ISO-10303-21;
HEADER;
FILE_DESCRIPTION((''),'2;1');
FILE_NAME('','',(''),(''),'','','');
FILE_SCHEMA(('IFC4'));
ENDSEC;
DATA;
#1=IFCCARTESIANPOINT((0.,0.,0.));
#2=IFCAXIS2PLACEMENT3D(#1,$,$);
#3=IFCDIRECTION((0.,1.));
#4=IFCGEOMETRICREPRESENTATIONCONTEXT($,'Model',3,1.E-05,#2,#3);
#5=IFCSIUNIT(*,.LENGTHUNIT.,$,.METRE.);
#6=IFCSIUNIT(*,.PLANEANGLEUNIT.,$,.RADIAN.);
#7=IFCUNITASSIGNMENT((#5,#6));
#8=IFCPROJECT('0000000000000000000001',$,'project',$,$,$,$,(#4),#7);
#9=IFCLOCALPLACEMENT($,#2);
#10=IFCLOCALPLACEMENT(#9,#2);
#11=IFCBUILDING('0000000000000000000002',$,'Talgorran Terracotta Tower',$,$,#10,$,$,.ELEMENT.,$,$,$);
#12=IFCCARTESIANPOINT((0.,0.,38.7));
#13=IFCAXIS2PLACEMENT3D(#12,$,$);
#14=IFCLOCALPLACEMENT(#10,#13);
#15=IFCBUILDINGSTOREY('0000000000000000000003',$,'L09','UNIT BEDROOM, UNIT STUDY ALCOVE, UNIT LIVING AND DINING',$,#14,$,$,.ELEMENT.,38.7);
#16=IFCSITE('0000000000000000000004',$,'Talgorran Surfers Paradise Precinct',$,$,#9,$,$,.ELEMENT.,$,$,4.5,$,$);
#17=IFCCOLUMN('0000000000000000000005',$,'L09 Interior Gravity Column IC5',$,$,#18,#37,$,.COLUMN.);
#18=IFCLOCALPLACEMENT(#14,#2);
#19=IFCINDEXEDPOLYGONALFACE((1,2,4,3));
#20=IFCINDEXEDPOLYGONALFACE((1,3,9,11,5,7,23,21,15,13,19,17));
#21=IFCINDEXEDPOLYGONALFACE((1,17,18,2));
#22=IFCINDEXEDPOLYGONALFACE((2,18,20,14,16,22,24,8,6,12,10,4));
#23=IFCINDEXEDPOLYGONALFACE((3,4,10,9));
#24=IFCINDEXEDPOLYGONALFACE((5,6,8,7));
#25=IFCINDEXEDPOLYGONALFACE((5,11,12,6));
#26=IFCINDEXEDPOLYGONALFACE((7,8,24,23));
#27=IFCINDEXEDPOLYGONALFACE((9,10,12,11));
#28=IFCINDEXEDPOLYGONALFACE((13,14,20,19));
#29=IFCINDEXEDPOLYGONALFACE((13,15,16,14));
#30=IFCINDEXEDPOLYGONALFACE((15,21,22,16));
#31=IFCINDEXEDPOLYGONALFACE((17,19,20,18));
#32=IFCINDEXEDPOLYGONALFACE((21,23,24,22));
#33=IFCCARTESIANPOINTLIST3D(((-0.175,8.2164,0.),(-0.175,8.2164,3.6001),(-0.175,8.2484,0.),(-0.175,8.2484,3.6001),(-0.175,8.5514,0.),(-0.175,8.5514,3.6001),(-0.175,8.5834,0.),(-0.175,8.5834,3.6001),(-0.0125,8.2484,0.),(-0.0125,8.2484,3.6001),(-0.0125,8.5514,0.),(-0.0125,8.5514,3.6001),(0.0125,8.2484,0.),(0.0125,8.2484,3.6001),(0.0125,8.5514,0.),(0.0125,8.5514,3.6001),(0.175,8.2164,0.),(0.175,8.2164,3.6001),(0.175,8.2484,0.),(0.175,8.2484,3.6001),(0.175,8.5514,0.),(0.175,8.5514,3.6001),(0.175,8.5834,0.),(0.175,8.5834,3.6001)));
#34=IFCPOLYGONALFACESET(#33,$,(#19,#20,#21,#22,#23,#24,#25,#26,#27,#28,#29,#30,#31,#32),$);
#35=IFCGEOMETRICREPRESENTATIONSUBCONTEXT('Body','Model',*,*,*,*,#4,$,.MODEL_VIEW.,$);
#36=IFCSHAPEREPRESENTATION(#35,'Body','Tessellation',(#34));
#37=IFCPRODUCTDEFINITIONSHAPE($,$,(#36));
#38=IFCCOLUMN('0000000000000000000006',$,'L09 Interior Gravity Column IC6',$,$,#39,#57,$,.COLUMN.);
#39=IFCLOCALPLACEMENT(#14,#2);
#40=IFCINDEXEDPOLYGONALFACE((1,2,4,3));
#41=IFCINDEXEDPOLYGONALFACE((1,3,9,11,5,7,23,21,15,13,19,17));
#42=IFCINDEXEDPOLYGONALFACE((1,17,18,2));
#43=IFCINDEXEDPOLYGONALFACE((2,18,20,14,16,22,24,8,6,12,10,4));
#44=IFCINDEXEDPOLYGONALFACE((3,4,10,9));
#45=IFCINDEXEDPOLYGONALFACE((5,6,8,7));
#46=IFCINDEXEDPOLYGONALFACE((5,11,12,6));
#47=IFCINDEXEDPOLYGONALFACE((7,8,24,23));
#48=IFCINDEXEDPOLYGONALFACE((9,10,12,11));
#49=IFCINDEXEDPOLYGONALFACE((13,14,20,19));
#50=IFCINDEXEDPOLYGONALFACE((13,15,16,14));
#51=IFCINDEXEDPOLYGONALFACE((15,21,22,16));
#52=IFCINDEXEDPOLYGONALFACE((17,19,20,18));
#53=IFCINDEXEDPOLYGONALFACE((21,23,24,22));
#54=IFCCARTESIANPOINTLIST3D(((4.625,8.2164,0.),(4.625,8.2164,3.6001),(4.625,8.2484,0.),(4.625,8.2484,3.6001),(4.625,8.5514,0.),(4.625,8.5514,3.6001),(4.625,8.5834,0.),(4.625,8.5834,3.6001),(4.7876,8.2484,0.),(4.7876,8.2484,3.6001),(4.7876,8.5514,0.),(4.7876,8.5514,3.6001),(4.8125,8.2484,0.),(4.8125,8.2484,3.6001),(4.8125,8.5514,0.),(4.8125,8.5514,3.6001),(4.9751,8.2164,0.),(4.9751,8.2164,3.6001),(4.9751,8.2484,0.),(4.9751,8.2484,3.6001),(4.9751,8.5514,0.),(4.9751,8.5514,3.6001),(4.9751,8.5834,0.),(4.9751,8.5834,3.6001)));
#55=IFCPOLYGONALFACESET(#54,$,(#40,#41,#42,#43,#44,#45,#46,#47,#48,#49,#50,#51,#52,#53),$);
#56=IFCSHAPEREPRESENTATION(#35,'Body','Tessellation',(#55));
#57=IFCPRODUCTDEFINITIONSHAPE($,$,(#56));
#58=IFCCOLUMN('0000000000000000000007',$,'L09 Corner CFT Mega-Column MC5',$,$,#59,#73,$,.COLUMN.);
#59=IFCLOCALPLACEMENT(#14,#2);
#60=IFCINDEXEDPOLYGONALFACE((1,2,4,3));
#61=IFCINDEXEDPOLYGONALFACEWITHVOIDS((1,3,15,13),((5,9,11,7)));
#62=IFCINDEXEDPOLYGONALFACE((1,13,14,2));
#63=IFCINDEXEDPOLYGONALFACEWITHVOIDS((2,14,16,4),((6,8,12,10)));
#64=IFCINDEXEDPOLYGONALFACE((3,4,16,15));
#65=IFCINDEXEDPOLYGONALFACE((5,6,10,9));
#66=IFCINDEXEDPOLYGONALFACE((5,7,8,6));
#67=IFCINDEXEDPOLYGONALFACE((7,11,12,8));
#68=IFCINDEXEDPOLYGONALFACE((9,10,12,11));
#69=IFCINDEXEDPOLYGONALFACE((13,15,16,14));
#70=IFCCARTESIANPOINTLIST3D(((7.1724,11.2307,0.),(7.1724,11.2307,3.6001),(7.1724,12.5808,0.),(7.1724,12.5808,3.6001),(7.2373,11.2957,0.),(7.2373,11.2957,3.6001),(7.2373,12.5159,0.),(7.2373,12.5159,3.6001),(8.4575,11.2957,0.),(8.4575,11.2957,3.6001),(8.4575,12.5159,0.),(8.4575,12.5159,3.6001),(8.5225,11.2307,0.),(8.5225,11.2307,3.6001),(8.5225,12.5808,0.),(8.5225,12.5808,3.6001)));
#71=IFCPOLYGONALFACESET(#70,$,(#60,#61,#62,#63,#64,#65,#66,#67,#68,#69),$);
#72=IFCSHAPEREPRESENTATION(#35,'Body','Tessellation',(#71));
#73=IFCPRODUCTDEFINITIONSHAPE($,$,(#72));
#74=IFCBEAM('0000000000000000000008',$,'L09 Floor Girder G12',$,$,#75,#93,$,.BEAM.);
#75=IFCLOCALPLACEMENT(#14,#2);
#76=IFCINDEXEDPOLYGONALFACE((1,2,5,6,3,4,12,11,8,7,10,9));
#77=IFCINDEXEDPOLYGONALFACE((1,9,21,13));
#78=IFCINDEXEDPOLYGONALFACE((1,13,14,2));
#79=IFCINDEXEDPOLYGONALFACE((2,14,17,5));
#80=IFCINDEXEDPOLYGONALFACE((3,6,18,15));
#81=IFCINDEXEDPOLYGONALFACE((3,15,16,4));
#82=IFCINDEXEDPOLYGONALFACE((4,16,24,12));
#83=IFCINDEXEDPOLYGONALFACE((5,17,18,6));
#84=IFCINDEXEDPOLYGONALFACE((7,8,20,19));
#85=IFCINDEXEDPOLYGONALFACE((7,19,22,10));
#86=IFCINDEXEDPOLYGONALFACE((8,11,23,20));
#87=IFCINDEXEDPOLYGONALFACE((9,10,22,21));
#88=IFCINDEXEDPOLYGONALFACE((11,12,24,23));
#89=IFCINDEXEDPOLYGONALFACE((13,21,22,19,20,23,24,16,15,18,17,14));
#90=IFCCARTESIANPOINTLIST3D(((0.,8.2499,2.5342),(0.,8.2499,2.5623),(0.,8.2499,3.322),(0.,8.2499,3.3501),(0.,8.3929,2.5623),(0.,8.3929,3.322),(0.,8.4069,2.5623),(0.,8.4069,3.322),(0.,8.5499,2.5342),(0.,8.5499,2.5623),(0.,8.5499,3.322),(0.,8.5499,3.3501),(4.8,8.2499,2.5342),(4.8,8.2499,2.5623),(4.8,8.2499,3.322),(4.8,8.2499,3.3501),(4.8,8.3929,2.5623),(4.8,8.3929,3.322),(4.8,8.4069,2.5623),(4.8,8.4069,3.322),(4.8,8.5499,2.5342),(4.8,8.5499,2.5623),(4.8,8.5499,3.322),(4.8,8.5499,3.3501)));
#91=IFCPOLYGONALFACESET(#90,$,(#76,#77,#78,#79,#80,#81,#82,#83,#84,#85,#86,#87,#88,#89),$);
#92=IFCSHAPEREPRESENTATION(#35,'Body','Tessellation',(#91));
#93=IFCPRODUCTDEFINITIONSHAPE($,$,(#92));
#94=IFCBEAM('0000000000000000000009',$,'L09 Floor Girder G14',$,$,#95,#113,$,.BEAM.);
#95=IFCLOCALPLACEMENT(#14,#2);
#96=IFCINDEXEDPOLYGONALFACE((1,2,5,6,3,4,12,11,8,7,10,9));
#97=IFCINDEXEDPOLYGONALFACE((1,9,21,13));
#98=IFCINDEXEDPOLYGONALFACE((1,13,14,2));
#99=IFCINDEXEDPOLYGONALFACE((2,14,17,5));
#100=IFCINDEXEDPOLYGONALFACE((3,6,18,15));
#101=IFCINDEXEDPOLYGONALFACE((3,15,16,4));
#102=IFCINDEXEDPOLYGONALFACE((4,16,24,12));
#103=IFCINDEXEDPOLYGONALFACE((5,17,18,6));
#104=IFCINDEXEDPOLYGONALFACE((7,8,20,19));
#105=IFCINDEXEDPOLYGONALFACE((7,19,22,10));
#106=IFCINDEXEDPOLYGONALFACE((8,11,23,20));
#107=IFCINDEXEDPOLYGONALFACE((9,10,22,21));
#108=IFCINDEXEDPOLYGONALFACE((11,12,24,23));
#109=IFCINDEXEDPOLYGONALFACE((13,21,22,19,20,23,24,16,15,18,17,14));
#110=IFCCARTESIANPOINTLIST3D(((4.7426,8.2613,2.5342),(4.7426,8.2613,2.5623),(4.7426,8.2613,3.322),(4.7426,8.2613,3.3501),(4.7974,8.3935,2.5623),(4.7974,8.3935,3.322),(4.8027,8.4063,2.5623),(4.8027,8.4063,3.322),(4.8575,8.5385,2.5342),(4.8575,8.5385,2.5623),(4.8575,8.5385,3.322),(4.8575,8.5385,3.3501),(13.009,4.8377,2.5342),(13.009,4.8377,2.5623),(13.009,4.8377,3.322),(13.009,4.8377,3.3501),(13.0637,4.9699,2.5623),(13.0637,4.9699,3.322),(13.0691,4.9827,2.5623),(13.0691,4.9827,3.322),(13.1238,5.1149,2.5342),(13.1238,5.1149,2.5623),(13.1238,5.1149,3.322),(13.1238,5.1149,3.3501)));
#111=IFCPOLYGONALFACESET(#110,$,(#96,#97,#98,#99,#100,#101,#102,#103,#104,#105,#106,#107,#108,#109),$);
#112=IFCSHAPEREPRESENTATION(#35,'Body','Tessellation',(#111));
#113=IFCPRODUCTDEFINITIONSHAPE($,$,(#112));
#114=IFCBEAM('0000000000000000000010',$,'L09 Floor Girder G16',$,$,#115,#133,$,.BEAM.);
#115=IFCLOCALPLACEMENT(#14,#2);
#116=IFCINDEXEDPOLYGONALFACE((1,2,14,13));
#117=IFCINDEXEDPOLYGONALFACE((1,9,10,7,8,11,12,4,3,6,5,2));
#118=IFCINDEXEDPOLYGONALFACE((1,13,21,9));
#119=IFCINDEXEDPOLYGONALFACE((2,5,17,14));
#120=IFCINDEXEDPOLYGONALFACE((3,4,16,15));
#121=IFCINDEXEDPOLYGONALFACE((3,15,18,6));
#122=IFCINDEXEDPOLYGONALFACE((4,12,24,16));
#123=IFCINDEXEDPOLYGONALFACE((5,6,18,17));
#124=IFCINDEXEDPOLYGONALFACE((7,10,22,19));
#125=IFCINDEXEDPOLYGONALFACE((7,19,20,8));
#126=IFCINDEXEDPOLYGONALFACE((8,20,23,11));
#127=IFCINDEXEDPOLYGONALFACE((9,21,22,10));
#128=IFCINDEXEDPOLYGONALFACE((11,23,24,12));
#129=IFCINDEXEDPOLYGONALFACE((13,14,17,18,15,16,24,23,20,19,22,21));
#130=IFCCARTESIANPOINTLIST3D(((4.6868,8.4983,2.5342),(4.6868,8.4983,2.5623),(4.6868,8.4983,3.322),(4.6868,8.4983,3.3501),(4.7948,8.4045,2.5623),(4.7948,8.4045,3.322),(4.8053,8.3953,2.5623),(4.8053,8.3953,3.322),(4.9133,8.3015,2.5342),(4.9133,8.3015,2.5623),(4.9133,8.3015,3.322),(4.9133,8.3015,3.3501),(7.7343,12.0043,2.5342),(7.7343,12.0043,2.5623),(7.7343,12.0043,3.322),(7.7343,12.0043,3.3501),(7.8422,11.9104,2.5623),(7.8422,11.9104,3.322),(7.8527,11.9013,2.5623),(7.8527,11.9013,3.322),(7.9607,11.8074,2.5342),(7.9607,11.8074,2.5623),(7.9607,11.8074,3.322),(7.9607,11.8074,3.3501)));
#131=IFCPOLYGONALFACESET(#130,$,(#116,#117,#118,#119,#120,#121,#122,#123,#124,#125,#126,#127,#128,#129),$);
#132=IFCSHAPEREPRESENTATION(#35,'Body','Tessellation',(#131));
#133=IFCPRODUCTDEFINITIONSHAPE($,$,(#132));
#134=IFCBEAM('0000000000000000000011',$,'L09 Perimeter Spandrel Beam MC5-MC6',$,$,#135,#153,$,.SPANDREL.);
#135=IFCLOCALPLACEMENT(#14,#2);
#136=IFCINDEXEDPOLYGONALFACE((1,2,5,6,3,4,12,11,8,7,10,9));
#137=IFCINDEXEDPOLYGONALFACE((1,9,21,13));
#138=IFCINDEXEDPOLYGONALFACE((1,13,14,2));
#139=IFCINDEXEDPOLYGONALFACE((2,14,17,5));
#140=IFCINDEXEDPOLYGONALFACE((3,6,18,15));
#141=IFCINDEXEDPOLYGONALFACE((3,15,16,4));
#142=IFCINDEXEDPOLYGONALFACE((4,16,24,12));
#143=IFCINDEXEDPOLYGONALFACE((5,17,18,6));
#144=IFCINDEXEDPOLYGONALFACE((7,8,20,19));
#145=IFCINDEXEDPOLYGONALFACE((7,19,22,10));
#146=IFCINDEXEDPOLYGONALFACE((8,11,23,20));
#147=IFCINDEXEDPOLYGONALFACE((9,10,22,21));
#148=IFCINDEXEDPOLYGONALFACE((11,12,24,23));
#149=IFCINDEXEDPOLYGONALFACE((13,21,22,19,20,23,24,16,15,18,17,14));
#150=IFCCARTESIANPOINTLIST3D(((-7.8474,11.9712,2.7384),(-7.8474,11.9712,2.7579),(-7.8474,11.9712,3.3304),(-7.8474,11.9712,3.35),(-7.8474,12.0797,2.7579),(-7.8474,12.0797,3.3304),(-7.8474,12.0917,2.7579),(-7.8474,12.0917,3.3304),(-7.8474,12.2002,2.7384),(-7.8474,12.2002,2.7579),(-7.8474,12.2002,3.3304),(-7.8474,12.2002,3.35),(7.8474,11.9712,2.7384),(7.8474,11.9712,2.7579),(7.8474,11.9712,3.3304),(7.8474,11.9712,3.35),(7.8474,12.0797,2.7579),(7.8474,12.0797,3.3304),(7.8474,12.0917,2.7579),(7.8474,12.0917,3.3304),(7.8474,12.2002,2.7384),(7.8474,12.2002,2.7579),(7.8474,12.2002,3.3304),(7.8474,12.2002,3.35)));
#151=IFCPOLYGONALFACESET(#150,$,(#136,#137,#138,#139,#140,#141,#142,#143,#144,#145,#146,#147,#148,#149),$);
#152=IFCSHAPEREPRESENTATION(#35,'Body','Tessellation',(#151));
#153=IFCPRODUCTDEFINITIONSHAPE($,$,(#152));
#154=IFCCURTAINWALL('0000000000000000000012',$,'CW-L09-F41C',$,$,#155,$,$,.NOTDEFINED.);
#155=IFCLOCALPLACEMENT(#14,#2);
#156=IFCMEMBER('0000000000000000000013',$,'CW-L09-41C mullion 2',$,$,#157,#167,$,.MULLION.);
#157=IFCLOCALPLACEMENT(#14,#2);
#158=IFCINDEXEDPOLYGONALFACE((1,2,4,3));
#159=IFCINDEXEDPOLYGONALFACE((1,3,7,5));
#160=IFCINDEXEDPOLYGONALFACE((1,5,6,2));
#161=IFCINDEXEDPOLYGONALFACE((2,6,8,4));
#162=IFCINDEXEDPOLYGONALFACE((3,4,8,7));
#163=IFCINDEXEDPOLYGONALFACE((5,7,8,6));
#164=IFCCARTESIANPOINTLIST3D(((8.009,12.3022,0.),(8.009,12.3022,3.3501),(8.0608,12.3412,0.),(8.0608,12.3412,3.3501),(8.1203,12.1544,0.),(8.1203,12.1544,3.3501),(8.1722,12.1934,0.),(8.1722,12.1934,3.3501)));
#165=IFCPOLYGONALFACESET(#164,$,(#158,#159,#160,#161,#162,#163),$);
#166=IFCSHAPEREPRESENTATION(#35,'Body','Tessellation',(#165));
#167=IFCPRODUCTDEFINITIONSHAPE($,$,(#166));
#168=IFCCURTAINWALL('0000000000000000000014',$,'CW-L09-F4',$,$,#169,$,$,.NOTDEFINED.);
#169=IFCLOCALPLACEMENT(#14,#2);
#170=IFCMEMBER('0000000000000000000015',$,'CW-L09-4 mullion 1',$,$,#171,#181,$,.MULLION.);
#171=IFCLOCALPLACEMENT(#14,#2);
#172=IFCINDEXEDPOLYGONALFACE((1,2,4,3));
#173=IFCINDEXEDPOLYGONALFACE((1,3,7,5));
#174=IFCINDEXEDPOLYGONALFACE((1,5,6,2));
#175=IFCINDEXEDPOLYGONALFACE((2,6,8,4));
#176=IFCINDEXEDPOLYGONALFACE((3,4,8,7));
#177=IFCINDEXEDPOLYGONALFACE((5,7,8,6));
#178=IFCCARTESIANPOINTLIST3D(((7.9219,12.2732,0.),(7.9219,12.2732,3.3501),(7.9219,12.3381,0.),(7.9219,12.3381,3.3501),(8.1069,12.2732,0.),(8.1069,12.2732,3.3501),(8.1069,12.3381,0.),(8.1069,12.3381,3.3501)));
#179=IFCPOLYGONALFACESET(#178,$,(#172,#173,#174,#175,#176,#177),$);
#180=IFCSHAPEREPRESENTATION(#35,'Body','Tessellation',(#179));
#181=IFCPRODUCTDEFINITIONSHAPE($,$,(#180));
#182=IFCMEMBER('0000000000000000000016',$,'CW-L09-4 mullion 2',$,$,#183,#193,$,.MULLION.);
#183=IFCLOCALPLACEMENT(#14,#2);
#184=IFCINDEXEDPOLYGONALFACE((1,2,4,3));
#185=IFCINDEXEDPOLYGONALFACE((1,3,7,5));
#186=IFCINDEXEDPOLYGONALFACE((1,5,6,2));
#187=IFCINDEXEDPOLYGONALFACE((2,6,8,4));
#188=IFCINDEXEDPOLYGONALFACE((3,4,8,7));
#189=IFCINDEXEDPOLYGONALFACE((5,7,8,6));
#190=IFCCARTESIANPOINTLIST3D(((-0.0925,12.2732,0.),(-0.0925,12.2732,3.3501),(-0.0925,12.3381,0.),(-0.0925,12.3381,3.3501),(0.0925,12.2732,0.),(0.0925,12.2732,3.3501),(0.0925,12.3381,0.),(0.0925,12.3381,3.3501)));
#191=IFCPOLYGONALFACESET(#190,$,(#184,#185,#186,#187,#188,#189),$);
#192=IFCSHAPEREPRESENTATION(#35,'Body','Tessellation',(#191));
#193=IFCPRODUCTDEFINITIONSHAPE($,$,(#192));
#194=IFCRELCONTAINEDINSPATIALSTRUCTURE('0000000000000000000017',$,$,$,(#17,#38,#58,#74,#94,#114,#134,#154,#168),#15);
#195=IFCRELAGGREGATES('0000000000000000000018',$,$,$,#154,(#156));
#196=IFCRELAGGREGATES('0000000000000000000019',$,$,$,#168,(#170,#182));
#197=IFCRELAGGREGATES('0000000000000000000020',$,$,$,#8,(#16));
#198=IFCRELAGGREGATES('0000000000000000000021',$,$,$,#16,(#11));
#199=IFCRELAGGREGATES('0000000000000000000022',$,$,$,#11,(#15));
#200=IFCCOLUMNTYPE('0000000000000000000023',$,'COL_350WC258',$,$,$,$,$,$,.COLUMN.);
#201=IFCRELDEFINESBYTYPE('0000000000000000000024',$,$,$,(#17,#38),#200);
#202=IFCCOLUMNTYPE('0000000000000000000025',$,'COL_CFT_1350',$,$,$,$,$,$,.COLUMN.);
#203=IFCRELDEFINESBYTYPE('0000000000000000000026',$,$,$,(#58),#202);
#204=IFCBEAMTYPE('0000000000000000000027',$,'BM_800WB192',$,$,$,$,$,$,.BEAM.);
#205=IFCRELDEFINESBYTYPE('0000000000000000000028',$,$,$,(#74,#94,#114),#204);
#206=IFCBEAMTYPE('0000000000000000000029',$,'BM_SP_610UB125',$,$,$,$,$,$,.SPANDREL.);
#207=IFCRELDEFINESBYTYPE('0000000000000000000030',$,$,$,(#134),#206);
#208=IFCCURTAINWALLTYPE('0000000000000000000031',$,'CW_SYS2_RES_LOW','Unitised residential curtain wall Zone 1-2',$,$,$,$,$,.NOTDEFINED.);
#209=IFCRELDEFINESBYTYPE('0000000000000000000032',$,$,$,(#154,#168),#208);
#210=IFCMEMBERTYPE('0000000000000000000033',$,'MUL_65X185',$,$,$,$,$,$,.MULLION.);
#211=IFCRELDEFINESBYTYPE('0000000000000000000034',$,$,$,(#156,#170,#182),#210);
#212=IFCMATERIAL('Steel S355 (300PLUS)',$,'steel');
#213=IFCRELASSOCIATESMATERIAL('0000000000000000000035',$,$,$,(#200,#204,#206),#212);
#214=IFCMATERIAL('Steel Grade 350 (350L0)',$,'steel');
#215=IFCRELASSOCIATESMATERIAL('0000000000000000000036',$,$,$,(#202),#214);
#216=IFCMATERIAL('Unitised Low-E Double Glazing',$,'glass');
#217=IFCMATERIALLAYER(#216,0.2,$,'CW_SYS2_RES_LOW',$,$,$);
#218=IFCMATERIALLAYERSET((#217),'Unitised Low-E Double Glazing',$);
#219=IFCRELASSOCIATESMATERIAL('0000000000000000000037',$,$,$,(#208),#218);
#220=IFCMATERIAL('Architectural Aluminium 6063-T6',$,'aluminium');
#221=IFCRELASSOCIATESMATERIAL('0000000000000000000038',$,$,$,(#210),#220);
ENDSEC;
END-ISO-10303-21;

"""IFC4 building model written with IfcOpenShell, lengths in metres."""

from ifc_helpers import new_model, si_unit, direction, frame, origin, origin_2d, place, context, subcontext, project, spatial, rectangle, hollow_rectangle, i_section, extrude, material, layer, layer_set, material_profile, profile_set, type_object, element, aggregate, save


model = new_model("IFC4")

# Units and contexts
model_context = context("Model", 3, precision=1e-05, world=origin(), true_north=direction((0.0, 1.0)))
body_context = subcontext(model_context, "Body", "Model", "MODEL_VIEW")
ifc_project = project(units=[si_unit("LENGTHUNIT", "METRE"), si_unit("PLANEANGLEUNIT", "RADIAN")], contexts=[model_context])

# Site, building, storey
site_placement = place(None, origin())
site = spatial("IfcSite", under=ifc_project, at=site_placement, Name="Talgorran Surfers Paradise Precinct", CompositionType="ELEMENT", RefElevation=4.5)
building_placement = place(site_placement, origin())
building = spatial("IfcBuilding", under=site, at=building_placement, Name="Talgorran Terracotta Tower", CompositionType="ELEMENT")
storey_placement = place(building_placement, frame((0.0, 0.0, 38.7)))
storey = spatial("IfcBuildingStorey", under=building, at=storey_placement, Name="L09", Description="UNIT BEDROOM, UNIT STUDY ALCOVE, UNIT LIVING AND DINING", CompositionType="ELEMENT", Elevation=38.7)

# Columns
ifc_material_1 = material(Name="Steel S355 (300PLUS)", Category="steel")
ifc_material_profile_1 = material_profile(ifc_material_1, i_section(OverallWidth=0.3501, OverallDepth=0.3669, WebThickness=0.0249, FlangeThickness=0.032, at=origin_2d()), Name="350WC258")
ifc_profile_set_1 = profile_set([ifc_material_profile_1], Name="Steel S355 (300PLUS)")
column_type_1 = type_object("IfcColumnType", Name="COL_350WC258", PredefinedType="COLUMN", material=ifc_profile_set_1)
for number, where, z_axis, x_axis, name in (
    (1, (0.0, 8.3999, 0.0), (0.0, 0.0, 1.0), (1.0, 0.0, 0.0), "L09 Interior Gravity Column IC5"),
    (2, (4.8, 8.3999, 0.0), (0.0, 0.0, 1.0), (1.0, 0.0, 0.0), "L09 Interior Gravity Column IC6"),
):
    element("IfcColumn", number, at=place(storey_placement, frame(where, z_axis=z_axis, x_axis=x_axis)), inside=storey, type_object=column_type_1, Name=name, PredefinedType="COLUMN", context=body_context, shape_type="SweptSolid", body=[
        extrude(i_section(OverallWidth=0.3501, OverallDepth=0.3669, WebThickness=0.0249, FlangeThickness=0.032, at=origin_2d()), origin(), (0.0, 0.0, 1.0), 3.6001),
    ])
ifc_material_2 = material(Name="Steel Grade 350 (350L0)", Category="steel")
ifc_material_profile_2 = material_profile(ifc_material_2, hollow_rectangle(XDim=1.3501, YDim=1.3501, WallThickness=0.0649, at=origin_2d()), Name="CFT1350X1350X65")
ifc_profile_set_2 = profile_set([ifc_material_profile_2], Name="Steel Grade 350 (350L0)")
column_type_2 = type_object("IfcColumnType", Name="COL_CFT_1350", PredefinedType="COLUMN", material=ifc_profile_set_2)
column_placement = place(storey_placement, frame((7.8474, 11.9058, 0.0), z_axis=(0.0, 0.0, 1.0), x_axis=(1.0, 0.0, 0.0)))
element("IfcColumn", 3, at=column_placement, inside=storey, type_object=column_type_2, Name="L09 Corner CFT Mega-Column MC5", PredefinedType="COLUMN", context=body_context, shape_type="SweptSolid", body=[
    extrude(hollow_rectangle(XDim=1.3501, YDim=1.3501, WallThickness=0.0649, at=origin_2d()), origin(), (0.0, 0.0, 1.0), 3.6001),
])

# Beams
ifc_material_profile_3 = material_profile(ifc_material_1, i_section(OverallWidth=0.3, OverallDepth=0.8159, WebThickness=0.0139, FlangeThickness=0.0281, at=origin_2d()), Name="800WB192")
ifc_profile_set_3 = profile_set([ifc_material_profile_3], Name="Steel S355 (300PLUS)")
beam_type_1 = type_object("IfcBeamType", Name="BM_800WB192", PredefinedType="BEAM", material=ifc_profile_set_3)
beam_1_placement = place(storey_placement, frame((0.0, 8.3999, 2.9421), z_axis=(1.0, 0.0, 0.0), x_axis=(0.0, 1.0, 0.0)))
element("IfcBeam", 4, at=beam_1_placement, inside=storey, type_object=beam_type_1, Name="L09 Floor Girder G12", PredefinedType="BEAM", context=body_context, shape_type="SweptSolid", body=[
    extrude(i_section(OverallWidth=0.3, OverallDepth=0.8159, WebThickness=0.0139, FlangeThickness=0.0281, at=origin_2d()), origin(), (0.0, 0.0, 1.0), 4.8),
])
beam_2_placement = place(storey_placement, frame((4.8, 8.3999, 2.9421), z_axis=(0.923897, -0.38264, 0.0), x_axis=(0.38264, 0.923897, 0.0)))
element("IfcBeam", 5, at=beam_2_placement, inside=storey, type_object=beam_type_1, Name="L09 Floor Girder G14", PredefinedType="BEAM", context=body_context, shape_type="SweptSolid", body=[
    extrude(i_section(OverallWidth=0.3, OverallDepth=0.8159, WebThickness=0.0139, FlangeThickness=0.0281, at=origin_2d()), origin(), (0.0, 0.0, 1.0), 8.9473),
])
beam_3_placement = place(storey_placement, frame((4.8, 8.3999, 2.9421), z_axis=(0.65603, 0.754734, 0.0), x_axis=(-0.754734, 0.65603, 0.0)))
element("IfcBeam", 6, at=beam_3_placement, inside=storey, type_object=beam_type_1, Name="L09 Floor Girder G16", PredefinedType="BEAM", context=body_context, shape_type="SweptSolid", body=[
    extrude(i_section(OverallWidth=0.3, OverallDepth=0.8159, WebThickness=0.0139, FlangeThickness=0.0281, at=origin_2d()), origin(), (0.0, 0.0, 1.0), 4.6453),
])
ifc_material_profile_4 = material_profile(ifc_material_1, i_section(OverallWidth=0.229, OverallDepth=0.6116, WebThickness=0.012, FlangeThickness=0.0195, at=origin_2d()), Name="610UB125")
ifc_profile_set_4 = profile_set([ifc_material_profile_4], Name="Steel S355 (300PLUS)")
beam_type_2 = type_object("IfcBeamType", Name="BM_SP_610UB125", PredefinedType="SPANDREL", material=ifc_profile_set_4)
beam_4_placement = place(storey_placement, frame((7.8474, 12.0857, 3.0442), z_axis=(-1.0, 0.0, 0.0), x_axis=(0.0, -1.0, 0.0)))
element("IfcBeam", 7, at=beam_4_placement, inside=storey, type_object=beam_type_2, Name="L09 Perimeter Spandrel Beam MC5-MC6", PredefinedType="SPANDREL", context=body_context, shape_type="SweptSolid", body=[
    extrude(i_section(OverallWidth=0.229, OverallDepth=0.6116, WebThickness=0.012, FlangeThickness=0.0195, at=origin_2d()), origin(), (0.0, 0.0, 1.0), 15.6948),
])

# Curtain wall, member
ifc_material_3 = material(Name="Unitised Low-E Double Glazing", Category="glass")
ifc_layer_1 = layer(ifc_material_3, 0.2, Name="CW_SYS2_RES_LOW")
ifc_layer_set_1 = layer_set([ifc_layer_1], Name="Unitised Low-E Double Glazing")
curtain_wall_type = type_object("IfcCurtainWallType", Name="CW_SYS2_RES_LOW", Description="Unitised residential curtain wall Zone 1-2", PredefinedType="NOTDEFINED", material=ifc_layer_set_1)
curtain_wall_1_placement = place(storey_placement, origin())
curtain_wall_1 = element("IfcCurtainWall", 8, at=curtain_wall_1_placement, inside=storey, type_object=curtain_wall_type, Name="CW-L09-F41C", PredefinedType="NOTDEFINED")
ifc_material_4 = material(Name="Architectural Aluminium 6063-T6", Category="aluminium")
ifc_material_profile_5 = material_profile(ifc_material_4, rectangle(XDim=0.0649, YDim=0.1851, at=origin_2d()), Name="CWM65X185")
ifc_profile_set_5 = profile_set([ifc_material_profile_5], Name="Architectural Aluminium 6063-T6")
member_type_1 = type_object("IfcMemberType", Name="MUL_65X185", PredefinedType="MULLION", material=ifc_profile_set_5)
member_1_placement = place(storey_placement, frame((8.0906, 12.2478, 0.0), z_axis=(0.0, 0.0, 1.0), x_axis=(-0.798788, -0.601613, 0.0)))
member_1 = element("IfcMember", 9, at=member_1_placement, type_object=member_type_1, Name="CW-L09-41C mullion 2", PredefinedType="MULLION", context=body_context, shape_type="SweptSolid", body=[
    extrude(rectangle(XDim=0.0649, YDim=0.1851, at=origin_2d()), origin(), (0.0, 0.0, 1.0), 3.3501),
])

# Curtain wall, members
curtain_wall_2_placement = place(storey_placement, origin())
curtain_wall_2 = element("IfcCurtainWall", 10, at=curtain_wall_2_placement, inside=storey, type_object=curtain_wall_type, Name="CW-L09-F4", PredefinedType="NOTDEFINED")
member_2_placement = place(storey_placement, frame((8.0144, 12.3057, 0.0), z_axis=(0.0, 0.0, 1.0), x_axis=(0.0, -1.0, 0.0)))
member_2 = element("IfcMember", 11, at=member_2_placement, type_object=member_type_1, Name="CW-L09-4 mullion 1", PredefinedType="MULLION", context=body_context, shape_type="SweptSolid", body=[
    extrude(rectangle(XDim=0.0649, YDim=0.1851, at=origin_2d()), origin(), (0.0, 0.0, 1.0), 3.3501),
])
member_3_placement = place(storey_placement, frame((0.0, 12.3057, 0.0), z_axis=(0.0, 0.0, 1.0), x_axis=(0.0, -1.0, 0.0)))
member_3 = element("IfcMember", 12, at=member_3_placement, type_object=member_type_1, Name="CW-L09-4 mullion 2", PredefinedType="MULLION", context=body_context, shape_type="SweptSolid", body=[
    extrude(rectangle(XDim=0.0649, YDim=0.1851, at=origin_2d()), origin(), (0.0, 0.0, 1.0), 3.3501),
])

aggregate(curtain_wall_1, [member_1])
aggregate(curtain_wall_2, [member_2, member_3])

save(model, "model.ifc")
